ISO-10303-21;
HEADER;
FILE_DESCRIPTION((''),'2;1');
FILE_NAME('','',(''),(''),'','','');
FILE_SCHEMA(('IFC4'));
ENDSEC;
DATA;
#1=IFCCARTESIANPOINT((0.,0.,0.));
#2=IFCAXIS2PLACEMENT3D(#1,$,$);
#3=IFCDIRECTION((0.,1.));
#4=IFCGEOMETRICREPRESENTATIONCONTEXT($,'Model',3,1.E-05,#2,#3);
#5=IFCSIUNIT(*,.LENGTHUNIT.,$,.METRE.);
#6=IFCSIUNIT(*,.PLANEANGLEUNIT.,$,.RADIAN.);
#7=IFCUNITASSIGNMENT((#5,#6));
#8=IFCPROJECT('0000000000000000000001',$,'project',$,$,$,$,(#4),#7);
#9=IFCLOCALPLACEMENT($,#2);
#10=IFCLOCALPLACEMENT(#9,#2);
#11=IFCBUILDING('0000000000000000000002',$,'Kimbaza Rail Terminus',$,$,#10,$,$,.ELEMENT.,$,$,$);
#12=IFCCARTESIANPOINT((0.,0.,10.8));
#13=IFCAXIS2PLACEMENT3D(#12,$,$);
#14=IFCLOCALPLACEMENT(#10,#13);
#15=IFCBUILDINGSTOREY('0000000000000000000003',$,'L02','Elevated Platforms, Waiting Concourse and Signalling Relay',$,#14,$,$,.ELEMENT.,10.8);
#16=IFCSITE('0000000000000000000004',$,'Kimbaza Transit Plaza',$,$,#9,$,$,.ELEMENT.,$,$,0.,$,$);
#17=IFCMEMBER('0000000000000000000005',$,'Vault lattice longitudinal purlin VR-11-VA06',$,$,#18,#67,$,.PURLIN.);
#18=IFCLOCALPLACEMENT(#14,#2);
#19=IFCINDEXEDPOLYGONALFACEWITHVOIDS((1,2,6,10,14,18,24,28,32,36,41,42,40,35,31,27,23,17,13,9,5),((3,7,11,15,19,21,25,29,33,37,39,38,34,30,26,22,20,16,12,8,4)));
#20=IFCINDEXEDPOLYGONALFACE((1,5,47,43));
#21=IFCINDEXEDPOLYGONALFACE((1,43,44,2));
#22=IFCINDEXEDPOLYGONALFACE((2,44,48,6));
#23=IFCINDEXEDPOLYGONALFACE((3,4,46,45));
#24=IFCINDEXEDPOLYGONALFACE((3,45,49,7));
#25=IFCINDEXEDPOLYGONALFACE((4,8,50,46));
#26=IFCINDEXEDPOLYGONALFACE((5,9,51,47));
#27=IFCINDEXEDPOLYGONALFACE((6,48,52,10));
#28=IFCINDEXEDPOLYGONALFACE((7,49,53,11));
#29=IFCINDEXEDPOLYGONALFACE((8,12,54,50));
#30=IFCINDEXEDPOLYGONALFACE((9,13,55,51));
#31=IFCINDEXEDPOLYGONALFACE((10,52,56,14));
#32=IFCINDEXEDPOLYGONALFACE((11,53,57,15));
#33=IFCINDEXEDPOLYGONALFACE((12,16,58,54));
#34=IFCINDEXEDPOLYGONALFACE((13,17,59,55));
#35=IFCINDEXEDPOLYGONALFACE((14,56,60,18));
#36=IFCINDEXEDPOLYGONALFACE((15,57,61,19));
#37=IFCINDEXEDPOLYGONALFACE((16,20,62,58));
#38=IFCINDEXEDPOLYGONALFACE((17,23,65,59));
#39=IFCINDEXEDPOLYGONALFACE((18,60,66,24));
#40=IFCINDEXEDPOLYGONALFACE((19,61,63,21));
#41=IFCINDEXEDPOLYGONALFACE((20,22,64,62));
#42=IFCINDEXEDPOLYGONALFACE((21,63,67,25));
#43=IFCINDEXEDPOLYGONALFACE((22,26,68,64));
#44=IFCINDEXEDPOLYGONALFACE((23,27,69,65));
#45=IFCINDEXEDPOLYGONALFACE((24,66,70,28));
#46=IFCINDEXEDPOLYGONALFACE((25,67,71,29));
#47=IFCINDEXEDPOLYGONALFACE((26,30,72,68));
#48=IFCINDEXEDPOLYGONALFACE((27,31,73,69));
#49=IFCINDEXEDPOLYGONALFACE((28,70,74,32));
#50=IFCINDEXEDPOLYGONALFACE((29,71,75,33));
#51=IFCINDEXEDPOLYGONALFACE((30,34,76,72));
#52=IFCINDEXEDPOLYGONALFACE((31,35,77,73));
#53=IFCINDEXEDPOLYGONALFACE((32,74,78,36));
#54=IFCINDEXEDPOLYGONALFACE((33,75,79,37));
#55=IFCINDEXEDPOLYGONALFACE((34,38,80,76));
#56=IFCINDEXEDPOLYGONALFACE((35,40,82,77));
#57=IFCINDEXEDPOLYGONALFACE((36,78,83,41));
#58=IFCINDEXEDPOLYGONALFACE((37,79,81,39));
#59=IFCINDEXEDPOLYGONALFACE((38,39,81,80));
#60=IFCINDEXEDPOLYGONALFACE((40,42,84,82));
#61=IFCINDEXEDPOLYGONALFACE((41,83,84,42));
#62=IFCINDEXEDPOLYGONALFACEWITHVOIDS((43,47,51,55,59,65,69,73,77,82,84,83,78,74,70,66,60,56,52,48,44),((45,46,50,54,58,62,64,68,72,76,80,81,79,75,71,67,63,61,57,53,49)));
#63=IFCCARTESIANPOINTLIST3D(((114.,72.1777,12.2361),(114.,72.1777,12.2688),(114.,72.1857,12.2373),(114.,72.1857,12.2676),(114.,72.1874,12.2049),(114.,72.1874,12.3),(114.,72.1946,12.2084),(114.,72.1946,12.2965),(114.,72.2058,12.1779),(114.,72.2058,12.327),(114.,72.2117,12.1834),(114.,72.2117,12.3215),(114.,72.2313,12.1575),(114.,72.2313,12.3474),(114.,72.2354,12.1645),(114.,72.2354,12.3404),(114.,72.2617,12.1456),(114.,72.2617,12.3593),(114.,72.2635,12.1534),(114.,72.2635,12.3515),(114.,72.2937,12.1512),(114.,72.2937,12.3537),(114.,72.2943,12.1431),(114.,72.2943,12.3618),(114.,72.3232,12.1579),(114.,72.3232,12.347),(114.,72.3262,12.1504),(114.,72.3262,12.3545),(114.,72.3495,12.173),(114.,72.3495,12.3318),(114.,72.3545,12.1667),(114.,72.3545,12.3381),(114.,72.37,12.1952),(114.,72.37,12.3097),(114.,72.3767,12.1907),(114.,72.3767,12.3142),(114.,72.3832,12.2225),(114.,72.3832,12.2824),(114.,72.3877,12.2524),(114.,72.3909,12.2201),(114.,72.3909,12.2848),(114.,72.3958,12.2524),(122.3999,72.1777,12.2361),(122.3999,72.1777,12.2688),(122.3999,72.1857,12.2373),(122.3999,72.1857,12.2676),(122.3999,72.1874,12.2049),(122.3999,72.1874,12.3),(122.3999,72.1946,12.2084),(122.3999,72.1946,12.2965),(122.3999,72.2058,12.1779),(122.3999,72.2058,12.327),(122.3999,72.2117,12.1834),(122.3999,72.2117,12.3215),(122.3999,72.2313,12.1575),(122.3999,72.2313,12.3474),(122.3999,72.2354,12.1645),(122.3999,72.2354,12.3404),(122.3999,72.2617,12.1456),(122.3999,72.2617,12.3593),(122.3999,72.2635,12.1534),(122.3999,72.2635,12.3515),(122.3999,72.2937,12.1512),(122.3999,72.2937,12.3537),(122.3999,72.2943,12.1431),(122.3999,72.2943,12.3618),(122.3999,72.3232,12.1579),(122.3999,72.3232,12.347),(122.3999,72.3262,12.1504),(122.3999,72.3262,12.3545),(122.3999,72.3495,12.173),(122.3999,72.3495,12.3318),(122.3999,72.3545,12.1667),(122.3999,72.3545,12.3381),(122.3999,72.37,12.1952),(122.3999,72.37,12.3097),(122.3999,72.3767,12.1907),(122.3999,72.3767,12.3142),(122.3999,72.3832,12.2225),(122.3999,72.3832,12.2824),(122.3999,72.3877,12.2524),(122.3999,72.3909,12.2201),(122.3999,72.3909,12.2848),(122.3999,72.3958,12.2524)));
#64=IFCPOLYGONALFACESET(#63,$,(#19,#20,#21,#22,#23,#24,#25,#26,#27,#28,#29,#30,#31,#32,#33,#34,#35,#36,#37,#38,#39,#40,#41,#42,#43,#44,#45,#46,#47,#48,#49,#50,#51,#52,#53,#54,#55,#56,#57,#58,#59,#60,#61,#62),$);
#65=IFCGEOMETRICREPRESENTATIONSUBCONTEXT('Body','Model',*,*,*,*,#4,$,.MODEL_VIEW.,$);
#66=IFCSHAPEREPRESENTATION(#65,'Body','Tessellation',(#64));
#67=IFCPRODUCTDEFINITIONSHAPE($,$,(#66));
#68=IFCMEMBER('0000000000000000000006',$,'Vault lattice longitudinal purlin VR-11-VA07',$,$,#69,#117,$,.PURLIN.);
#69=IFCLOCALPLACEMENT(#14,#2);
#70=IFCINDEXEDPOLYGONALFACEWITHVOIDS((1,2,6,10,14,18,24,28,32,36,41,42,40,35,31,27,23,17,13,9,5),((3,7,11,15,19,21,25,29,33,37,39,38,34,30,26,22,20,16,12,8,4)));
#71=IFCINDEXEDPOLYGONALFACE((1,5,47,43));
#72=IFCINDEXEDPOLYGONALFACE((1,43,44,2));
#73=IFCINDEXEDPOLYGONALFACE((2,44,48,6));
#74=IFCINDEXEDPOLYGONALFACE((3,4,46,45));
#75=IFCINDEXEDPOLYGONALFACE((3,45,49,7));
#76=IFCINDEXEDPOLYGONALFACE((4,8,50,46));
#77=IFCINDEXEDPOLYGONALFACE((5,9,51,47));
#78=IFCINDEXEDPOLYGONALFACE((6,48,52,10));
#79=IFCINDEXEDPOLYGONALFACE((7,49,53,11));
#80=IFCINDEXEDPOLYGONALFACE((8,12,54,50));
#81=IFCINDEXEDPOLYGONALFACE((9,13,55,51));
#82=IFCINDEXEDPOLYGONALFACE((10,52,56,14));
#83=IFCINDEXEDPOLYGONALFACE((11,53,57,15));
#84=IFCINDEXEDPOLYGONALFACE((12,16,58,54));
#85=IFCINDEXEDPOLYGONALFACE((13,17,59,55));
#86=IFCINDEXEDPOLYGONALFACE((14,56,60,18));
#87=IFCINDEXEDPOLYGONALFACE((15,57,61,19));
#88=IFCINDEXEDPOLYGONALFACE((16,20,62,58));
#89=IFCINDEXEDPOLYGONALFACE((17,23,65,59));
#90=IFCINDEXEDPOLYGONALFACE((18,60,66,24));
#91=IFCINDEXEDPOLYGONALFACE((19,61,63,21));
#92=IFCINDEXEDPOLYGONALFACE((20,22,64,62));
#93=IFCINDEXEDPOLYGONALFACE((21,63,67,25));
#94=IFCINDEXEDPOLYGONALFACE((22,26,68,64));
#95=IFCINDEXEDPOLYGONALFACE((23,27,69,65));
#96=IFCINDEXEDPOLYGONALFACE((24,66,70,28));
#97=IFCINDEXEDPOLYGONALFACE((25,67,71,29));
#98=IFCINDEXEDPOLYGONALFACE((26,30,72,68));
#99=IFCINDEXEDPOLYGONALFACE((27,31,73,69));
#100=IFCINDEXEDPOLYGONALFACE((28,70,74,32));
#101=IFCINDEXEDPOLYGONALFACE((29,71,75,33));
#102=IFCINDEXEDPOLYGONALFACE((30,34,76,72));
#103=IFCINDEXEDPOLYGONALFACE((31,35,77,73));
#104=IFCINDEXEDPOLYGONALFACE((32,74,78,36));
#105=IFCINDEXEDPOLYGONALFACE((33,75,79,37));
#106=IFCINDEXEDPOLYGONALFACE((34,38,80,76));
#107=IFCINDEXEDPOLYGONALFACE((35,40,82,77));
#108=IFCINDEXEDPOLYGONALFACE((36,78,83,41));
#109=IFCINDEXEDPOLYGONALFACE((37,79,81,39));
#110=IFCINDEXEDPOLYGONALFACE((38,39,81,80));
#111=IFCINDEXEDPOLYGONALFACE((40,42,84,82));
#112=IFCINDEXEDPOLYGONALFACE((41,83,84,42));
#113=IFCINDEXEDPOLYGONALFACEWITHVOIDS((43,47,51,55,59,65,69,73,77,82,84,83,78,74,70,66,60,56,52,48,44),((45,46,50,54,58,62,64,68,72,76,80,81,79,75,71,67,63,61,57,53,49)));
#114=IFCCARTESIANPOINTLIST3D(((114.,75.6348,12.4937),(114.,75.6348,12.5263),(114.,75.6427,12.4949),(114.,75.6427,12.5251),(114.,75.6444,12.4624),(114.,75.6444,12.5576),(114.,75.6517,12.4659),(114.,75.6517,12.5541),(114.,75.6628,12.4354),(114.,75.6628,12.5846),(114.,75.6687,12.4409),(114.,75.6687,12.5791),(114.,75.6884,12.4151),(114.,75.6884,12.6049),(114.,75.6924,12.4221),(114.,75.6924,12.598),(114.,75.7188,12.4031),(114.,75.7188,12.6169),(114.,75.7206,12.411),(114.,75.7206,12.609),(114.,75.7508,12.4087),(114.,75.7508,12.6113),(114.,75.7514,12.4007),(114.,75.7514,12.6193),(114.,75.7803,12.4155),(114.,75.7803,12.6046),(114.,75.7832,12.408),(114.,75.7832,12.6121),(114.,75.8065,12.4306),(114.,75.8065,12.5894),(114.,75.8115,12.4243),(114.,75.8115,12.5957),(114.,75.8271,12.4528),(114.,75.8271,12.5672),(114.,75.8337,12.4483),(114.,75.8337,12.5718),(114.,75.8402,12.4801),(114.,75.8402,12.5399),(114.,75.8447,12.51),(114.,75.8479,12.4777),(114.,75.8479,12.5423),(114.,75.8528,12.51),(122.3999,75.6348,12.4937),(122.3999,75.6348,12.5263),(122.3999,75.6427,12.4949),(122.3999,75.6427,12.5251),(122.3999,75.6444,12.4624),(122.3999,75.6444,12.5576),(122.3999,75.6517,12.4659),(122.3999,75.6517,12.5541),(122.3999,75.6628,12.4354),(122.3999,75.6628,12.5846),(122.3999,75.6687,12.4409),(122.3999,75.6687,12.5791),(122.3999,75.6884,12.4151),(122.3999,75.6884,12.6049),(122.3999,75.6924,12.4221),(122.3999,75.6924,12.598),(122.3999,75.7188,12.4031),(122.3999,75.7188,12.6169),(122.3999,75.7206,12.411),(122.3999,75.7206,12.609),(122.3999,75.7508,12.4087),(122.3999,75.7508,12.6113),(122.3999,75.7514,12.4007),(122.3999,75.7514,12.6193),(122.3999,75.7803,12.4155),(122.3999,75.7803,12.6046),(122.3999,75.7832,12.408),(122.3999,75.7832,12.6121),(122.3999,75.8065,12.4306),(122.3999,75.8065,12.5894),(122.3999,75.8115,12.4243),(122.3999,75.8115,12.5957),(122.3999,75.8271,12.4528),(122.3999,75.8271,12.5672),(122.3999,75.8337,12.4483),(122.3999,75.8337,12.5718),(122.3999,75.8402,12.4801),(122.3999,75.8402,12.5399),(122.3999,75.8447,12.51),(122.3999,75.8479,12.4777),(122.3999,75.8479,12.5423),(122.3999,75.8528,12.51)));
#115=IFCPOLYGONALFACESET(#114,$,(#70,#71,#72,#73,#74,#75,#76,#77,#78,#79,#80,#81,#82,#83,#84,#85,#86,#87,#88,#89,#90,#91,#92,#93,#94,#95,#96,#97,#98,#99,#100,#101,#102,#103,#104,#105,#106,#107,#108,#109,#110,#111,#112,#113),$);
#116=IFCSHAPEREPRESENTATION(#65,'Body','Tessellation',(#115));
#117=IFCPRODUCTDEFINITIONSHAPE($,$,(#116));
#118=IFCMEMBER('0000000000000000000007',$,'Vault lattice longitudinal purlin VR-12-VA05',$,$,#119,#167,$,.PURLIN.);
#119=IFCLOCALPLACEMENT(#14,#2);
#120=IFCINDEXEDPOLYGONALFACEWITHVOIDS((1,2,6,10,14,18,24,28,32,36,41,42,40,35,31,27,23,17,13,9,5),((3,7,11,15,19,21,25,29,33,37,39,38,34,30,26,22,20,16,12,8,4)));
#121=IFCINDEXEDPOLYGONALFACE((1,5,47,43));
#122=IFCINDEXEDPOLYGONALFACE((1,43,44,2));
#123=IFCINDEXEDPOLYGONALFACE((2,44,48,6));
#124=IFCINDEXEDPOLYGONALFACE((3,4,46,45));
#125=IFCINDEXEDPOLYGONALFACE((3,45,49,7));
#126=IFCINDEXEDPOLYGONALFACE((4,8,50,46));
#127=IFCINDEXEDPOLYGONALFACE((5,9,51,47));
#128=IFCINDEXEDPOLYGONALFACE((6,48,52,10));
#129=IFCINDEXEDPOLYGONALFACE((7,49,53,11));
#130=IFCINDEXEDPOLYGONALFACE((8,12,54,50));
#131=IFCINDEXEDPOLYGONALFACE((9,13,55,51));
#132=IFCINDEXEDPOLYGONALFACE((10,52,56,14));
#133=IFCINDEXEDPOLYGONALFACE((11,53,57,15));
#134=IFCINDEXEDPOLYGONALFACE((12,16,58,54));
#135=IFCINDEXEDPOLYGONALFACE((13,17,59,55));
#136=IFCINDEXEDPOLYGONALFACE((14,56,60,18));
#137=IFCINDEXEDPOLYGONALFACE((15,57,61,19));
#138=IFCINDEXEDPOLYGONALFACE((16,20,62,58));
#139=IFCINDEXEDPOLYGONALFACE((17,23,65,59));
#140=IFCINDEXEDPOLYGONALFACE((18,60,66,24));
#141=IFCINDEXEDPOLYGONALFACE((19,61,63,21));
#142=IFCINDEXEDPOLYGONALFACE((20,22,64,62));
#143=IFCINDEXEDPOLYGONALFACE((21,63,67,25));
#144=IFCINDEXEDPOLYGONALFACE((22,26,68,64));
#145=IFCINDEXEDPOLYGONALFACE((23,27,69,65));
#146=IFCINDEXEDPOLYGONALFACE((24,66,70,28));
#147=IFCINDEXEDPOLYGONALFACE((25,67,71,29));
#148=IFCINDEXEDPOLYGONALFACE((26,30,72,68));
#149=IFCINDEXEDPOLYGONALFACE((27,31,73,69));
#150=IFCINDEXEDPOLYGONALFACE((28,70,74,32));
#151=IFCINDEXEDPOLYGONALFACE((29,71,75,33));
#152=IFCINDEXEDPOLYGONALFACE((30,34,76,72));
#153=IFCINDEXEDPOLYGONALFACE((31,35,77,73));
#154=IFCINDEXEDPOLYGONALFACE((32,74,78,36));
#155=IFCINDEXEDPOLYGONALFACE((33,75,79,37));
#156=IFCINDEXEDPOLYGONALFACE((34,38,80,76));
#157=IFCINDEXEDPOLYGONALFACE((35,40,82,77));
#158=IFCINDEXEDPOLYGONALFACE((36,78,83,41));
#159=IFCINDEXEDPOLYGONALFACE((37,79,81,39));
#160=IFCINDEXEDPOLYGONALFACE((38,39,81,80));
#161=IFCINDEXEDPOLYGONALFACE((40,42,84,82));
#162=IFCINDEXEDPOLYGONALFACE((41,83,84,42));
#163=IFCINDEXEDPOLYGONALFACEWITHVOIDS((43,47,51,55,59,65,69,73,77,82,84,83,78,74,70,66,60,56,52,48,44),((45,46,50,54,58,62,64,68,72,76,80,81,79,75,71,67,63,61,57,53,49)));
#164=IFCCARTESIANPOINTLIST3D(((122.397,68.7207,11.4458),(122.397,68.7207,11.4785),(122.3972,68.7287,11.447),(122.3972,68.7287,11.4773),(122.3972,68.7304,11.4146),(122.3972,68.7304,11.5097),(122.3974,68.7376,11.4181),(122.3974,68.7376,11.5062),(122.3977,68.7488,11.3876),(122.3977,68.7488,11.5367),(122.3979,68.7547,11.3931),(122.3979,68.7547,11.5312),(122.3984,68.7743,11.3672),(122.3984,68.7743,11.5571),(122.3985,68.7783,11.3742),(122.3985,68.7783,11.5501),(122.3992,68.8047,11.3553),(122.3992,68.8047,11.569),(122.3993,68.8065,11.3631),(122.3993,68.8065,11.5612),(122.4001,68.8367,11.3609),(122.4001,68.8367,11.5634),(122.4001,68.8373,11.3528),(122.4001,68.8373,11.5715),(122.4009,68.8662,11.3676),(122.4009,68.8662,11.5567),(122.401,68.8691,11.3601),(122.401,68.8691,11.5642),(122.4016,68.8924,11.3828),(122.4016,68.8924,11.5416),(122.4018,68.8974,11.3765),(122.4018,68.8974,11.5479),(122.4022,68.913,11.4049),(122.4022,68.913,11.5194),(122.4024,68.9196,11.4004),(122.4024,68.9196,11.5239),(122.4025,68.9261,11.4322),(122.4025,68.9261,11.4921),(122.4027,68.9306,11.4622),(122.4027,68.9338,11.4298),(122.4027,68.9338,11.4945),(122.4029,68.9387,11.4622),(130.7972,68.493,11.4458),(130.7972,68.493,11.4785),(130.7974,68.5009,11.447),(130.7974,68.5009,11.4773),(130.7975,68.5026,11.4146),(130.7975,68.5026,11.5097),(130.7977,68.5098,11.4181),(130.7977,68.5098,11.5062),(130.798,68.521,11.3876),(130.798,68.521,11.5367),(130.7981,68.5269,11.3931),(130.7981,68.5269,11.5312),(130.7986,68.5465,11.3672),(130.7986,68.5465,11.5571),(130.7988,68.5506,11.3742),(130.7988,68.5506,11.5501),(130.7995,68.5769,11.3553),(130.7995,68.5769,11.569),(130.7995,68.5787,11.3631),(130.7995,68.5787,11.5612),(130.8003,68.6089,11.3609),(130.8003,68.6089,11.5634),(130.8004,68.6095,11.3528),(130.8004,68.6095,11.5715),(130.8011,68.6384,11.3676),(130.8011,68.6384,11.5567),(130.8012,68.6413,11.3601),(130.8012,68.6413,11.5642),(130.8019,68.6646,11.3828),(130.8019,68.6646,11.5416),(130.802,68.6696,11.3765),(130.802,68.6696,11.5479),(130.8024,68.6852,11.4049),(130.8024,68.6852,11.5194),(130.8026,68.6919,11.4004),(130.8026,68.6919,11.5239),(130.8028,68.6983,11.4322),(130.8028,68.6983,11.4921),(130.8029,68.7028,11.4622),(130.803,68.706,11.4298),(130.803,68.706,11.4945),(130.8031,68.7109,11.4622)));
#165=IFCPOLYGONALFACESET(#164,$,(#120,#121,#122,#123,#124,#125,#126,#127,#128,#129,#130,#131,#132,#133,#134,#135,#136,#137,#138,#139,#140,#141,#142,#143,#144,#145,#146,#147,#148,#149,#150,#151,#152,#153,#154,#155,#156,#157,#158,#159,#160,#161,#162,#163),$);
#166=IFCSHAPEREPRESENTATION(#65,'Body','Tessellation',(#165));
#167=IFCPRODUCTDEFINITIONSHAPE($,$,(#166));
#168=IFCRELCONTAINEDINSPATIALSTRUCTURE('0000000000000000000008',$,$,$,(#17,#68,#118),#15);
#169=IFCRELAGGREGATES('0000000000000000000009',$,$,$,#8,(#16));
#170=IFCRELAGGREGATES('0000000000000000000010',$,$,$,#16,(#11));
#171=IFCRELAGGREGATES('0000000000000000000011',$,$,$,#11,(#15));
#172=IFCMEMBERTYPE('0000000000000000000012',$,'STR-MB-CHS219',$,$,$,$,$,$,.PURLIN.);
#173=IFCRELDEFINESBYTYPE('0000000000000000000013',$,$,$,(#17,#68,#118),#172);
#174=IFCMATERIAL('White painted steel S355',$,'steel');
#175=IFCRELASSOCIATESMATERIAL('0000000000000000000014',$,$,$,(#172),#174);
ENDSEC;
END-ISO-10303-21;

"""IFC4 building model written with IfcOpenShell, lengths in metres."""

from ifc_helpers import new_model, si_unit, direction, frame, origin, origin_2d, place, context, subcontext, project, spatial, hollow_circle, extrude, material, material_profile, profile_set, type_object, element, save


model = new_model("IFC4")

# Units and contexts
model_context = context("Model", 3, precision=1e-05, world=origin(), true_north=direction((0.0, 1.0)))
body_context = subcontext(model_context, "Body", "Model", "MODEL_VIEW")
ifc_project = project(units=[si_unit("LENGTHUNIT", "METRE"), si_unit("PLANEANGLEUNIT", "RADIAN")], contexts=[model_context])

# Site, building, storey
site_placement = place(None, origin())
site = spatial("IfcSite", under=ifc_project, at=site_placement, Name="Kimbaza Transit Plaza", CompositionType="ELEMENT", RefElevation=0.0)
building_placement = place(site_placement, origin())
building = spatial("IfcBuilding", under=site, at=building_placement, Name="Kimbaza Rail Terminus", CompositionType="ELEMENT")
storey_placement = place(building_placement, frame((0.0, 0.0, 10.8)))
storey = spatial("IfcBuildingStorey", under=building, at=storey_placement, Name="L02", Description="Elevated Platforms, Waiting Concourse and Signalling Relay", CompositionType="ELEMENT", Elevation=10.8)

# Members
ifc_material_1 = material(Name="White painted steel S355", Category="steel")
ifc_material_profile_1 = material_profile(ifc_material_1, hollow_circle(Radius=0.1096, WallThickness=0.0081, at=origin_2d()), Name="CHS 219.1x8")
ifc_profile_set_1 = profile_set([ifc_material_profile_1], Name="White painted steel S355")
member_type_1 = type_object("IfcMemberType", Name="STR-MB-CHS219", PredefinedType="PURLIN", material=ifc_profile_set_1)
for number, where, z_axis, x_axis, name in (
    (1, (114.0, 72.2861, 12.2524), (1.0, 0.0, 0.0), (0.0, 1.0, 0.0), "Vault lattice longitudinal purlin VR-11-VA06"),
    (2, (114.0, 75.7432, 12.51), (1.0, 0.0, 0.0), (0.0, 1.0, 0.0), "Vault lattice longitudinal purlin VR-11-VA07"),
):
    element("IfcMember", number, at=place(storey_placement, frame(where, z_axis=z_axis, x_axis=x_axis)), inside=storey, type_object=member_type_1, Name=name, PredefinedType="PURLIN", context=body_context, shape_type="SweptSolid", body=[
        extrude(hollow_circle(Radius=0.1096, WallThickness=0.0081, at=origin_2d()), origin(), (0.0, 0.0, 1.0), 8.3999),
    ])
for number, where, z_axis, x_axis, name in (
    (3, (122.3999, 68.8291, 11.4622), (0.999633, -0.027107, 0.0), (0.027107, 0.999633, 0.0), "Vault lattice longitudinal purlin VR-12-VA05"),
):
    element("IfcMember", number, at=place(storey_placement, frame(where, z_axis=z_axis, x_axis=x_axis)), inside=storey, type_object=member_type_1, Name=name, PredefinedType="PURLIN", context=body_context, shape_type="SweptSolid", body=[
        extrude(hollow_circle(Radius=0.1096, WallThickness=0.0081, at=origin_2d()), origin(), (0.0, 0.0, 1.0), 8.4033),
    ])

save(model, "model.ifc")
